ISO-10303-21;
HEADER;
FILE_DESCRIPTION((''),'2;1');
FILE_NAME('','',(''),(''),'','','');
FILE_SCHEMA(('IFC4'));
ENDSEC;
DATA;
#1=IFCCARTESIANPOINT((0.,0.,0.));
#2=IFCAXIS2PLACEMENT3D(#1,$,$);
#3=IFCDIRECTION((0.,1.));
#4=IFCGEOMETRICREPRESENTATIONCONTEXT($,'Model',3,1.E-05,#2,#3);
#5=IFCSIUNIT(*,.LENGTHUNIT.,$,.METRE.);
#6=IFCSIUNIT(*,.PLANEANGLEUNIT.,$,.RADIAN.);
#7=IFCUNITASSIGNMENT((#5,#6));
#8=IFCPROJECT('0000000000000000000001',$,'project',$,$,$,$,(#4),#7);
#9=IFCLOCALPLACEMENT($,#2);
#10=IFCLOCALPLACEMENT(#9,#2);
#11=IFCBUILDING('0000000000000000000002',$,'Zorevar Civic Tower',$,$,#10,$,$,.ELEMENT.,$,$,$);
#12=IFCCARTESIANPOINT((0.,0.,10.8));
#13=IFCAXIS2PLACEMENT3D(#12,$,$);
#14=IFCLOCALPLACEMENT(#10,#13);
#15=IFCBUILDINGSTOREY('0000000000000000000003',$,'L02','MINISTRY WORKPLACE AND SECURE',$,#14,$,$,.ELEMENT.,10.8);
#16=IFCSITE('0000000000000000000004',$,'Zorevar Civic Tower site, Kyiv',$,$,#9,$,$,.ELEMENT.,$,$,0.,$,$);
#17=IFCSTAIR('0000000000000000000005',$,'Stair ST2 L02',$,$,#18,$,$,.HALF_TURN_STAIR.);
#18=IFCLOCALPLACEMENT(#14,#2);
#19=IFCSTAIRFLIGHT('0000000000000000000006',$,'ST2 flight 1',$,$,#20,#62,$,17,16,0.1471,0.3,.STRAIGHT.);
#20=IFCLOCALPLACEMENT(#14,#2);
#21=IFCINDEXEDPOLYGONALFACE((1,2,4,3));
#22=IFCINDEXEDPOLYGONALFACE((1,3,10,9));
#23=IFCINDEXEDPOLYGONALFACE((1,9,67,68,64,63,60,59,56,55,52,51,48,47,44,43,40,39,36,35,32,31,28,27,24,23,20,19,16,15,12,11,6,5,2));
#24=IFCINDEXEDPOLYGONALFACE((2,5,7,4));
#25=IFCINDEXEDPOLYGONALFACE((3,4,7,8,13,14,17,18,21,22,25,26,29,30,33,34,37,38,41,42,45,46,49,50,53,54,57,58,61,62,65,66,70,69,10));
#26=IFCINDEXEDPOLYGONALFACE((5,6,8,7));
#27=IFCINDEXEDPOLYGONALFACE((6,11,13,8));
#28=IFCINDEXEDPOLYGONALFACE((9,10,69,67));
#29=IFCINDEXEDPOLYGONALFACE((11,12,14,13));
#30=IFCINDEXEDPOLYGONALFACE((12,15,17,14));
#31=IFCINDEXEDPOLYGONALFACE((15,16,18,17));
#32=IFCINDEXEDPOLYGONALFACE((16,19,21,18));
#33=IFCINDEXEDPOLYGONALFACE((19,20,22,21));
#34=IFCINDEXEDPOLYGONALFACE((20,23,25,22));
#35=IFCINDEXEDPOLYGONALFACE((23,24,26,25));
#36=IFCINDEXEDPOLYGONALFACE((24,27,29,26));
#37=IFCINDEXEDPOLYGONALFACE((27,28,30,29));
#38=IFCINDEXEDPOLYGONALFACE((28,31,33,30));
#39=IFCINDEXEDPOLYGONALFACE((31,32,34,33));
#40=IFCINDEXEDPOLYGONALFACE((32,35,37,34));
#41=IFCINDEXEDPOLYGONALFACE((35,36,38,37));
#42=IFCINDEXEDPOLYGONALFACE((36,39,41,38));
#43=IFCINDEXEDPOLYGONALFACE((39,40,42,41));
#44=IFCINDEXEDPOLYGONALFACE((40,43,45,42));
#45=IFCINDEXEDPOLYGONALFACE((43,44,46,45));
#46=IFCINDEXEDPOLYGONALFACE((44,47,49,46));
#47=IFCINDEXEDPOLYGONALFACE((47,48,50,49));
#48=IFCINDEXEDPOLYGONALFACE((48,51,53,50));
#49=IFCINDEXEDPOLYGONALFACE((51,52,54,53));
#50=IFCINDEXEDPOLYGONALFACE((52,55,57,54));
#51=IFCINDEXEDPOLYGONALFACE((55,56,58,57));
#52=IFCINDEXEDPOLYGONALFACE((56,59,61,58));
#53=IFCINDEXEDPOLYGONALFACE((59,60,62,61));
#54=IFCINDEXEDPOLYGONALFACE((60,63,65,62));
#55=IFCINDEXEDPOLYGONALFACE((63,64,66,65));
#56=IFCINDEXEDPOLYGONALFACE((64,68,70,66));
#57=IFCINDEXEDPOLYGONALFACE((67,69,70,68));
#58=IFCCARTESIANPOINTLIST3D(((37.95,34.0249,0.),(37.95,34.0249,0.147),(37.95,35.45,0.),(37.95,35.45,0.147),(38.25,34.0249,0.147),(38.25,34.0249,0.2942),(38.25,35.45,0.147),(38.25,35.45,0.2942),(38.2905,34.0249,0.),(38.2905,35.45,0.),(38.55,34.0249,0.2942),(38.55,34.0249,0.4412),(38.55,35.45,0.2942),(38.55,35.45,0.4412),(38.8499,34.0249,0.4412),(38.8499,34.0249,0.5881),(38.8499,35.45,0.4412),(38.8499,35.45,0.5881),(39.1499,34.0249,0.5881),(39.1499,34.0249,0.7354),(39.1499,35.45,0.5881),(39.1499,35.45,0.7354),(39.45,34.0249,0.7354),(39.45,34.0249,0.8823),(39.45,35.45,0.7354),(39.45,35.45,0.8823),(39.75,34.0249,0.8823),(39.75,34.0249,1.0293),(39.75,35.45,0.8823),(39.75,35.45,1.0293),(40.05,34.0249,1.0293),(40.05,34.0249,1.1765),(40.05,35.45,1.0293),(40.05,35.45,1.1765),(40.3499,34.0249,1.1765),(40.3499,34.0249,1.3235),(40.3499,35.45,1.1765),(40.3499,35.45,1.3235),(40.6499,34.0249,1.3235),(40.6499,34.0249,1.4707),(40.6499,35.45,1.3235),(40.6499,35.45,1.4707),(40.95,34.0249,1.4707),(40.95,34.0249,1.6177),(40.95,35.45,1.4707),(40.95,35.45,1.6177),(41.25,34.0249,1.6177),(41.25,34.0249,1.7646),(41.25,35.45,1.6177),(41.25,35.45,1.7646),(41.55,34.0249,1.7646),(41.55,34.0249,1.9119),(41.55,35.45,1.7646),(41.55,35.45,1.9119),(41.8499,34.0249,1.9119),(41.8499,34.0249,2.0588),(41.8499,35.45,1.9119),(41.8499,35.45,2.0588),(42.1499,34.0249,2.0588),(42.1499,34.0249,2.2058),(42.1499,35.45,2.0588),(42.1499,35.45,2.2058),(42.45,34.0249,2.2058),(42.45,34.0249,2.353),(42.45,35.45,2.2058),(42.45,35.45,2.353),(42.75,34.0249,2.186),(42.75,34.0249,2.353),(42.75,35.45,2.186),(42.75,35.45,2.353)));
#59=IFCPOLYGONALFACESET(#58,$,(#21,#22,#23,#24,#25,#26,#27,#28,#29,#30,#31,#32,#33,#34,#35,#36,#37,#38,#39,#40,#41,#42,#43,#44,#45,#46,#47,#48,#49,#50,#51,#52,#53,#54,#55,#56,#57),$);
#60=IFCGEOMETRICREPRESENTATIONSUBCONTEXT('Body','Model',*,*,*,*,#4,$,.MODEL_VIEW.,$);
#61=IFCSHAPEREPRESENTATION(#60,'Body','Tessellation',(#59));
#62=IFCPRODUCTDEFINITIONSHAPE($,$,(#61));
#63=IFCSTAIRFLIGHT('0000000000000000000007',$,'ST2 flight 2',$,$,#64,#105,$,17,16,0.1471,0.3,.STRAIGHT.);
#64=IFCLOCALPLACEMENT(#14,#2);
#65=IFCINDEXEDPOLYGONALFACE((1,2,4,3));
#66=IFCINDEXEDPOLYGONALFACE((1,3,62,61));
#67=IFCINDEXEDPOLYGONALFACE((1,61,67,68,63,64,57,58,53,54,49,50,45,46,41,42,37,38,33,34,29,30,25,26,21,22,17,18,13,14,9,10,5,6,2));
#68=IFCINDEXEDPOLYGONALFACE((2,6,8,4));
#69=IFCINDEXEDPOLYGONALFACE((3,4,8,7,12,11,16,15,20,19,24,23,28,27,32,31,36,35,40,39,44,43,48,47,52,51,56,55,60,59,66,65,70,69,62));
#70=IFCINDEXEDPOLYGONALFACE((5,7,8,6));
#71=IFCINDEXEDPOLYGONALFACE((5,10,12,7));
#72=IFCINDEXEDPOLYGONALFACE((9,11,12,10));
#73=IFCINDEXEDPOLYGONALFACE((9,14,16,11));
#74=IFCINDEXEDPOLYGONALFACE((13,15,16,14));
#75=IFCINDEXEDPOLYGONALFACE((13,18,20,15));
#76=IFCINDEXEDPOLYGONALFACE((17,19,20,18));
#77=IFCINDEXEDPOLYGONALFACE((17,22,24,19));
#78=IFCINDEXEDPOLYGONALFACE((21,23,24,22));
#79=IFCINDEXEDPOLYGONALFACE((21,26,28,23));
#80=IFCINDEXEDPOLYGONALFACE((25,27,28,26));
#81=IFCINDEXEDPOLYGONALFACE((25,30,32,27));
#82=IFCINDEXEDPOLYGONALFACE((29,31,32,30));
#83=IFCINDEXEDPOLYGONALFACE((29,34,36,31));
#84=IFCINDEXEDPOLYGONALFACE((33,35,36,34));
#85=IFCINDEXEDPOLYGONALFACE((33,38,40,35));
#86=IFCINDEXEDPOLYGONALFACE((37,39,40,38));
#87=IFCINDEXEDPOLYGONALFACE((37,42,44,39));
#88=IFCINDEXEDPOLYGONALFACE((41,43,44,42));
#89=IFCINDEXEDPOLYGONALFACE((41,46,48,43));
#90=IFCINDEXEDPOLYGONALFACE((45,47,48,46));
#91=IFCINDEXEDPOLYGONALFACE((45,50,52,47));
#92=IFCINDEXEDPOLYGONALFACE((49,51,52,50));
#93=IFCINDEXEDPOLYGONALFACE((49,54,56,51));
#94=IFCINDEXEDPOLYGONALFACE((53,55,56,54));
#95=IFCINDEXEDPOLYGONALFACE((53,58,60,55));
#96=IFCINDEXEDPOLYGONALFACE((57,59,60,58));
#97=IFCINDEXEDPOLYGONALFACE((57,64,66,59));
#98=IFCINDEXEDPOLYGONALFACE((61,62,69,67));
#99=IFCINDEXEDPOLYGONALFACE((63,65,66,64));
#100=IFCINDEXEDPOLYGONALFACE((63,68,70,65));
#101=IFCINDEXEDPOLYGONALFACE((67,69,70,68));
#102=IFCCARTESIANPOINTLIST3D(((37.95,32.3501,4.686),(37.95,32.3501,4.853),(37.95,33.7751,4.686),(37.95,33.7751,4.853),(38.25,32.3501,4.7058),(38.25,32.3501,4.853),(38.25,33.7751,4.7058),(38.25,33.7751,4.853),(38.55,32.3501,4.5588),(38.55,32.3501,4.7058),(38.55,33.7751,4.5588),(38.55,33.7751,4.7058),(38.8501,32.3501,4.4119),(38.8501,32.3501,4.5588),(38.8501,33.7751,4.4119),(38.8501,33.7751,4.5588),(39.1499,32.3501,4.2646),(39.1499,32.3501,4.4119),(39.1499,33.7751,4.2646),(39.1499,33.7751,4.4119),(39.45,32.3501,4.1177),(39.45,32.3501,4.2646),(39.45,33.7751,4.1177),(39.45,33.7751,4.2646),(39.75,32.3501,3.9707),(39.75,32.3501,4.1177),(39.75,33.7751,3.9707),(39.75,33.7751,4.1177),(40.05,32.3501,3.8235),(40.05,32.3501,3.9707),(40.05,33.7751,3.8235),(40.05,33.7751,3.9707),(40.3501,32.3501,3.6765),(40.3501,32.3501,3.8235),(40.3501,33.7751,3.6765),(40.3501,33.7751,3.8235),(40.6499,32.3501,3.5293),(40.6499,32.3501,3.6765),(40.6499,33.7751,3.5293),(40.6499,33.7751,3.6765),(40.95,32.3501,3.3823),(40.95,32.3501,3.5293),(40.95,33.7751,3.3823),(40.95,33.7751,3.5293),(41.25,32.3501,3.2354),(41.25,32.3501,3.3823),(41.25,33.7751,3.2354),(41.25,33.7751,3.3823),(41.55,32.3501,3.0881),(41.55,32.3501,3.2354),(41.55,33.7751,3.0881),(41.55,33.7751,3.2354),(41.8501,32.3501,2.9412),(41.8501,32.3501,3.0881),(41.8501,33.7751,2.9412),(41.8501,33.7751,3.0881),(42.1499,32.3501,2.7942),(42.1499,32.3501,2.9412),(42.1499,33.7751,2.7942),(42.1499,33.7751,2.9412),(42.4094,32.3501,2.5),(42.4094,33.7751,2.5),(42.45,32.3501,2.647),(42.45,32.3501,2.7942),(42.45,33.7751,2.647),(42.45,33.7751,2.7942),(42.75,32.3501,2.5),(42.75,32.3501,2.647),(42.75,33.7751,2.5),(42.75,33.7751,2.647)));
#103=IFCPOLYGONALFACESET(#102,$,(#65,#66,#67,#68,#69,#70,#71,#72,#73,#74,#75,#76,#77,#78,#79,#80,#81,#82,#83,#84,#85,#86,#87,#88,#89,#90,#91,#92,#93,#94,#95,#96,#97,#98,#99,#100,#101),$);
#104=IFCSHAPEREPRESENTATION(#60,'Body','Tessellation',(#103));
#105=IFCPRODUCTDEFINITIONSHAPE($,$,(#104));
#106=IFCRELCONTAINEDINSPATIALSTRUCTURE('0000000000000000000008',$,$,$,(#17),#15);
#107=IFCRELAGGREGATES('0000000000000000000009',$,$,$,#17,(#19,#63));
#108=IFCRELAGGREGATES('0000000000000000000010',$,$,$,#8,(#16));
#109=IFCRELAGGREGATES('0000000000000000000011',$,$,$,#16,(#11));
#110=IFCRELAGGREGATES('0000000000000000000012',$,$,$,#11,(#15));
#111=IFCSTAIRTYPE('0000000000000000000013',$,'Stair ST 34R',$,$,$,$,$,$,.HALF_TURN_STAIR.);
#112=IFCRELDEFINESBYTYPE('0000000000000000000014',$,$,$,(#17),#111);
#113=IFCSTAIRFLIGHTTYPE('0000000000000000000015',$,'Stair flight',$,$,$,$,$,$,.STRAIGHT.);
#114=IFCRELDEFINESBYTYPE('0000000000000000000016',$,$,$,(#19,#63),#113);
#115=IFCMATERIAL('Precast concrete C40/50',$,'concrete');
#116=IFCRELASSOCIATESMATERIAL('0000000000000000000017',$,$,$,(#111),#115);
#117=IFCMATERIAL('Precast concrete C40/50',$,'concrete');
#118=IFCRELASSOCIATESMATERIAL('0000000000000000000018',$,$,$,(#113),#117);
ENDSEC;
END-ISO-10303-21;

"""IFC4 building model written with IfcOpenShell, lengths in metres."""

from ifc_helpers import new_model, si_unit, direction, frame, origin, place, context, subcontext, project, spatial, polyline, outline, extrude, material, type_object, element, aggregate, save


model = new_model("IFC4")

# Units and contexts
model_context = context("Model", 3, precision=1e-05, world=origin(), true_north=direction((0.0, 1.0)))
body_context = subcontext(model_context, "Body", "Model", "MODEL_VIEW")
ifc_project = project(units=[si_unit("LENGTHUNIT", "METRE"), si_unit("PLANEANGLEUNIT", "RADIAN")], contexts=[model_context])

# Site, building, storey
site_placement = place(None, origin())
site = spatial("IfcSite", under=ifc_project, at=site_placement, Name="Zorevar Civic Tower site, Kyiv", CompositionType="ELEMENT", RefElevation=0.0)
building_placement = place(site_placement, origin())
building = spatial("IfcBuilding", under=site, at=building_placement, Name="Zorevar Civic Tower", CompositionType="ELEMENT")
storey_placement = place(building_placement, frame((0.0, 0.0, 10.8)))
storey = spatial("IfcBuildingStorey", under=building, at=storey_placement, Name="L02", Description="MINISTRY WORKPLACE AND SECURE", CompositionType="ELEMENT", Elevation=10.8)

# Stair, stair flights
ifc_material_1 = material(Name="Precast concrete C40/50", Category="concrete")
stair_type = type_object("IfcStairType", Name="Stair ST 34R", PredefinedType="HALF_TURN_STAIR", material=ifc_material_1)
stair_placement = place(storey_placement, origin())
stair = element("IfcStair", 1, at=stair_placement, inside=storey, type_object=stair_type, Name="Stair ST2 L02", PredefinedType="HALF_TURN_STAIR")
ifc_material_2 = material(Name="Precast concrete C40/50", Category="concrete")
stair_flight_type = type_object("IfcStairFlightType", Name="Stair flight", PredefinedType="STRAIGHT", material=ifc_material_2)
stair_flight_1_placement = place(storey_placement, frame((37.95, 34.7375, 0.0), z_axis=(0.0, 0.0, 1.0), x_axis=(1.0, 0.0, 0.0)))
stair_flight_1 = element("IfcStairFlight", 2, at=stair_flight_1_placement, type_object=stair_flight_type, Name="ST2 flight 1", NumberOfRisers=17, NumberOfTreads=16, PredefinedType="STRAIGHT", RiserHeight=0.1471, TreadLength=0.3, context=body_context, shape_type="SweptSolid", body=[
    extrude(outline(polyline([(0.0, 0.0), (0.0, 0.147), (0.3, 0.147), (0.3, 0.2942), (0.6001, 0.2942), (0.6001, 0.4412), (0.8999, 0.4412), (0.8999, 0.5881), (1.2, 0.5881), (1.2, 0.7354), (1.5, 0.7354), (1.5, 0.8823), (1.8, 0.8823), (1.8, 1.0293), (2.1001, 1.0293), (2.1001, 1.1765), (2.3999, 1.1765), (2.3999, 1.3235), (2.7, 1.3235), (2.7, 1.4707), (3.0, 1.4707), (3.0, 1.6177), (3.3, 1.6177), (3.3, 1.7646), (3.6001, 1.7646), (3.6001, 1.9119), (3.8999, 1.9119), (3.8999, 2.0588), (4.2, 2.0588), (4.2, 2.2058), (4.5, 2.2058), (4.5, 2.353), (4.8, 2.353), (4.8, 2.5), (4.8, 2.186), (0.3406, 0.0), (0.0, 0.0)])), frame((0.0, 0.7124, 0.0), z_axis=(0.0, -1.0, 0.0), x_axis=(1.0, 0.0, 0.0)), (0.0, 0.0, 1.0), 1.425),
])
stair_flight_2_placement = place(storey_placement, frame((42.75, 33.0625, 2.5), z_axis=(0.0, 0.0, 1.0), x_axis=(-1.0, 0.0, 0.0)))
stair_flight_2 = element("IfcStairFlight", 3, at=stair_flight_2_placement, type_object=stair_flight_type, Name="ST2 flight 2", NumberOfRisers=17, NumberOfTreads=16, PredefinedType="STRAIGHT", RiserHeight=0.1471, TreadLength=0.3, context=body_context, shape_type="SweptSolid", body=[
    extrude(outline(polyline([(0.0, 0.0), (0.0, 0.147), (0.3, 0.147), (0.3, 0.2942), (0.6001, 0.2942), (0.6001, 0.4412), (0.8999, 0.4412), (0.8999, 0.5881), (1.2, 0.5881), (1.2, 0.7354), (1.5, 0.7354), (1.5, 0.8823), (1.8, 0.8823), (1.8, 1.0293), (2.1001, 1.0293), (2.1001, 1.1765), (2.3999, 1.1765), (2.3999, 1.3235), (2.7, 1.3235), (2.7, 1.4707), (3.0, 1.4707), (3.0, 1.6177), (3.3, 1.6177), (3.3, 1.7646), (3.6001, 1.7646), (3.6001, 1.9119), (3.8999, 1.9119), (3.8999, 2.0588), (4.2, 2.0588), (4.2, 2.2058), (4.5, 2.2058), (4.5, 2.353), (4.8, 2.353), (4.8, 2.5), (4.8, 2.186), (0.3406, 0.0), (0.0, 0.0)])), frame((0.0, 0.7124, 0.0), z_axis=(0.0, -1.0, 0.0), x_axis=(1.0, 0.0, 0.0)), (0.0, 0.0, 1.0), 1.425),
])
aggregate(stair, [stair_flight_1, stair_flight_2])

save(model, "model.ifc")
